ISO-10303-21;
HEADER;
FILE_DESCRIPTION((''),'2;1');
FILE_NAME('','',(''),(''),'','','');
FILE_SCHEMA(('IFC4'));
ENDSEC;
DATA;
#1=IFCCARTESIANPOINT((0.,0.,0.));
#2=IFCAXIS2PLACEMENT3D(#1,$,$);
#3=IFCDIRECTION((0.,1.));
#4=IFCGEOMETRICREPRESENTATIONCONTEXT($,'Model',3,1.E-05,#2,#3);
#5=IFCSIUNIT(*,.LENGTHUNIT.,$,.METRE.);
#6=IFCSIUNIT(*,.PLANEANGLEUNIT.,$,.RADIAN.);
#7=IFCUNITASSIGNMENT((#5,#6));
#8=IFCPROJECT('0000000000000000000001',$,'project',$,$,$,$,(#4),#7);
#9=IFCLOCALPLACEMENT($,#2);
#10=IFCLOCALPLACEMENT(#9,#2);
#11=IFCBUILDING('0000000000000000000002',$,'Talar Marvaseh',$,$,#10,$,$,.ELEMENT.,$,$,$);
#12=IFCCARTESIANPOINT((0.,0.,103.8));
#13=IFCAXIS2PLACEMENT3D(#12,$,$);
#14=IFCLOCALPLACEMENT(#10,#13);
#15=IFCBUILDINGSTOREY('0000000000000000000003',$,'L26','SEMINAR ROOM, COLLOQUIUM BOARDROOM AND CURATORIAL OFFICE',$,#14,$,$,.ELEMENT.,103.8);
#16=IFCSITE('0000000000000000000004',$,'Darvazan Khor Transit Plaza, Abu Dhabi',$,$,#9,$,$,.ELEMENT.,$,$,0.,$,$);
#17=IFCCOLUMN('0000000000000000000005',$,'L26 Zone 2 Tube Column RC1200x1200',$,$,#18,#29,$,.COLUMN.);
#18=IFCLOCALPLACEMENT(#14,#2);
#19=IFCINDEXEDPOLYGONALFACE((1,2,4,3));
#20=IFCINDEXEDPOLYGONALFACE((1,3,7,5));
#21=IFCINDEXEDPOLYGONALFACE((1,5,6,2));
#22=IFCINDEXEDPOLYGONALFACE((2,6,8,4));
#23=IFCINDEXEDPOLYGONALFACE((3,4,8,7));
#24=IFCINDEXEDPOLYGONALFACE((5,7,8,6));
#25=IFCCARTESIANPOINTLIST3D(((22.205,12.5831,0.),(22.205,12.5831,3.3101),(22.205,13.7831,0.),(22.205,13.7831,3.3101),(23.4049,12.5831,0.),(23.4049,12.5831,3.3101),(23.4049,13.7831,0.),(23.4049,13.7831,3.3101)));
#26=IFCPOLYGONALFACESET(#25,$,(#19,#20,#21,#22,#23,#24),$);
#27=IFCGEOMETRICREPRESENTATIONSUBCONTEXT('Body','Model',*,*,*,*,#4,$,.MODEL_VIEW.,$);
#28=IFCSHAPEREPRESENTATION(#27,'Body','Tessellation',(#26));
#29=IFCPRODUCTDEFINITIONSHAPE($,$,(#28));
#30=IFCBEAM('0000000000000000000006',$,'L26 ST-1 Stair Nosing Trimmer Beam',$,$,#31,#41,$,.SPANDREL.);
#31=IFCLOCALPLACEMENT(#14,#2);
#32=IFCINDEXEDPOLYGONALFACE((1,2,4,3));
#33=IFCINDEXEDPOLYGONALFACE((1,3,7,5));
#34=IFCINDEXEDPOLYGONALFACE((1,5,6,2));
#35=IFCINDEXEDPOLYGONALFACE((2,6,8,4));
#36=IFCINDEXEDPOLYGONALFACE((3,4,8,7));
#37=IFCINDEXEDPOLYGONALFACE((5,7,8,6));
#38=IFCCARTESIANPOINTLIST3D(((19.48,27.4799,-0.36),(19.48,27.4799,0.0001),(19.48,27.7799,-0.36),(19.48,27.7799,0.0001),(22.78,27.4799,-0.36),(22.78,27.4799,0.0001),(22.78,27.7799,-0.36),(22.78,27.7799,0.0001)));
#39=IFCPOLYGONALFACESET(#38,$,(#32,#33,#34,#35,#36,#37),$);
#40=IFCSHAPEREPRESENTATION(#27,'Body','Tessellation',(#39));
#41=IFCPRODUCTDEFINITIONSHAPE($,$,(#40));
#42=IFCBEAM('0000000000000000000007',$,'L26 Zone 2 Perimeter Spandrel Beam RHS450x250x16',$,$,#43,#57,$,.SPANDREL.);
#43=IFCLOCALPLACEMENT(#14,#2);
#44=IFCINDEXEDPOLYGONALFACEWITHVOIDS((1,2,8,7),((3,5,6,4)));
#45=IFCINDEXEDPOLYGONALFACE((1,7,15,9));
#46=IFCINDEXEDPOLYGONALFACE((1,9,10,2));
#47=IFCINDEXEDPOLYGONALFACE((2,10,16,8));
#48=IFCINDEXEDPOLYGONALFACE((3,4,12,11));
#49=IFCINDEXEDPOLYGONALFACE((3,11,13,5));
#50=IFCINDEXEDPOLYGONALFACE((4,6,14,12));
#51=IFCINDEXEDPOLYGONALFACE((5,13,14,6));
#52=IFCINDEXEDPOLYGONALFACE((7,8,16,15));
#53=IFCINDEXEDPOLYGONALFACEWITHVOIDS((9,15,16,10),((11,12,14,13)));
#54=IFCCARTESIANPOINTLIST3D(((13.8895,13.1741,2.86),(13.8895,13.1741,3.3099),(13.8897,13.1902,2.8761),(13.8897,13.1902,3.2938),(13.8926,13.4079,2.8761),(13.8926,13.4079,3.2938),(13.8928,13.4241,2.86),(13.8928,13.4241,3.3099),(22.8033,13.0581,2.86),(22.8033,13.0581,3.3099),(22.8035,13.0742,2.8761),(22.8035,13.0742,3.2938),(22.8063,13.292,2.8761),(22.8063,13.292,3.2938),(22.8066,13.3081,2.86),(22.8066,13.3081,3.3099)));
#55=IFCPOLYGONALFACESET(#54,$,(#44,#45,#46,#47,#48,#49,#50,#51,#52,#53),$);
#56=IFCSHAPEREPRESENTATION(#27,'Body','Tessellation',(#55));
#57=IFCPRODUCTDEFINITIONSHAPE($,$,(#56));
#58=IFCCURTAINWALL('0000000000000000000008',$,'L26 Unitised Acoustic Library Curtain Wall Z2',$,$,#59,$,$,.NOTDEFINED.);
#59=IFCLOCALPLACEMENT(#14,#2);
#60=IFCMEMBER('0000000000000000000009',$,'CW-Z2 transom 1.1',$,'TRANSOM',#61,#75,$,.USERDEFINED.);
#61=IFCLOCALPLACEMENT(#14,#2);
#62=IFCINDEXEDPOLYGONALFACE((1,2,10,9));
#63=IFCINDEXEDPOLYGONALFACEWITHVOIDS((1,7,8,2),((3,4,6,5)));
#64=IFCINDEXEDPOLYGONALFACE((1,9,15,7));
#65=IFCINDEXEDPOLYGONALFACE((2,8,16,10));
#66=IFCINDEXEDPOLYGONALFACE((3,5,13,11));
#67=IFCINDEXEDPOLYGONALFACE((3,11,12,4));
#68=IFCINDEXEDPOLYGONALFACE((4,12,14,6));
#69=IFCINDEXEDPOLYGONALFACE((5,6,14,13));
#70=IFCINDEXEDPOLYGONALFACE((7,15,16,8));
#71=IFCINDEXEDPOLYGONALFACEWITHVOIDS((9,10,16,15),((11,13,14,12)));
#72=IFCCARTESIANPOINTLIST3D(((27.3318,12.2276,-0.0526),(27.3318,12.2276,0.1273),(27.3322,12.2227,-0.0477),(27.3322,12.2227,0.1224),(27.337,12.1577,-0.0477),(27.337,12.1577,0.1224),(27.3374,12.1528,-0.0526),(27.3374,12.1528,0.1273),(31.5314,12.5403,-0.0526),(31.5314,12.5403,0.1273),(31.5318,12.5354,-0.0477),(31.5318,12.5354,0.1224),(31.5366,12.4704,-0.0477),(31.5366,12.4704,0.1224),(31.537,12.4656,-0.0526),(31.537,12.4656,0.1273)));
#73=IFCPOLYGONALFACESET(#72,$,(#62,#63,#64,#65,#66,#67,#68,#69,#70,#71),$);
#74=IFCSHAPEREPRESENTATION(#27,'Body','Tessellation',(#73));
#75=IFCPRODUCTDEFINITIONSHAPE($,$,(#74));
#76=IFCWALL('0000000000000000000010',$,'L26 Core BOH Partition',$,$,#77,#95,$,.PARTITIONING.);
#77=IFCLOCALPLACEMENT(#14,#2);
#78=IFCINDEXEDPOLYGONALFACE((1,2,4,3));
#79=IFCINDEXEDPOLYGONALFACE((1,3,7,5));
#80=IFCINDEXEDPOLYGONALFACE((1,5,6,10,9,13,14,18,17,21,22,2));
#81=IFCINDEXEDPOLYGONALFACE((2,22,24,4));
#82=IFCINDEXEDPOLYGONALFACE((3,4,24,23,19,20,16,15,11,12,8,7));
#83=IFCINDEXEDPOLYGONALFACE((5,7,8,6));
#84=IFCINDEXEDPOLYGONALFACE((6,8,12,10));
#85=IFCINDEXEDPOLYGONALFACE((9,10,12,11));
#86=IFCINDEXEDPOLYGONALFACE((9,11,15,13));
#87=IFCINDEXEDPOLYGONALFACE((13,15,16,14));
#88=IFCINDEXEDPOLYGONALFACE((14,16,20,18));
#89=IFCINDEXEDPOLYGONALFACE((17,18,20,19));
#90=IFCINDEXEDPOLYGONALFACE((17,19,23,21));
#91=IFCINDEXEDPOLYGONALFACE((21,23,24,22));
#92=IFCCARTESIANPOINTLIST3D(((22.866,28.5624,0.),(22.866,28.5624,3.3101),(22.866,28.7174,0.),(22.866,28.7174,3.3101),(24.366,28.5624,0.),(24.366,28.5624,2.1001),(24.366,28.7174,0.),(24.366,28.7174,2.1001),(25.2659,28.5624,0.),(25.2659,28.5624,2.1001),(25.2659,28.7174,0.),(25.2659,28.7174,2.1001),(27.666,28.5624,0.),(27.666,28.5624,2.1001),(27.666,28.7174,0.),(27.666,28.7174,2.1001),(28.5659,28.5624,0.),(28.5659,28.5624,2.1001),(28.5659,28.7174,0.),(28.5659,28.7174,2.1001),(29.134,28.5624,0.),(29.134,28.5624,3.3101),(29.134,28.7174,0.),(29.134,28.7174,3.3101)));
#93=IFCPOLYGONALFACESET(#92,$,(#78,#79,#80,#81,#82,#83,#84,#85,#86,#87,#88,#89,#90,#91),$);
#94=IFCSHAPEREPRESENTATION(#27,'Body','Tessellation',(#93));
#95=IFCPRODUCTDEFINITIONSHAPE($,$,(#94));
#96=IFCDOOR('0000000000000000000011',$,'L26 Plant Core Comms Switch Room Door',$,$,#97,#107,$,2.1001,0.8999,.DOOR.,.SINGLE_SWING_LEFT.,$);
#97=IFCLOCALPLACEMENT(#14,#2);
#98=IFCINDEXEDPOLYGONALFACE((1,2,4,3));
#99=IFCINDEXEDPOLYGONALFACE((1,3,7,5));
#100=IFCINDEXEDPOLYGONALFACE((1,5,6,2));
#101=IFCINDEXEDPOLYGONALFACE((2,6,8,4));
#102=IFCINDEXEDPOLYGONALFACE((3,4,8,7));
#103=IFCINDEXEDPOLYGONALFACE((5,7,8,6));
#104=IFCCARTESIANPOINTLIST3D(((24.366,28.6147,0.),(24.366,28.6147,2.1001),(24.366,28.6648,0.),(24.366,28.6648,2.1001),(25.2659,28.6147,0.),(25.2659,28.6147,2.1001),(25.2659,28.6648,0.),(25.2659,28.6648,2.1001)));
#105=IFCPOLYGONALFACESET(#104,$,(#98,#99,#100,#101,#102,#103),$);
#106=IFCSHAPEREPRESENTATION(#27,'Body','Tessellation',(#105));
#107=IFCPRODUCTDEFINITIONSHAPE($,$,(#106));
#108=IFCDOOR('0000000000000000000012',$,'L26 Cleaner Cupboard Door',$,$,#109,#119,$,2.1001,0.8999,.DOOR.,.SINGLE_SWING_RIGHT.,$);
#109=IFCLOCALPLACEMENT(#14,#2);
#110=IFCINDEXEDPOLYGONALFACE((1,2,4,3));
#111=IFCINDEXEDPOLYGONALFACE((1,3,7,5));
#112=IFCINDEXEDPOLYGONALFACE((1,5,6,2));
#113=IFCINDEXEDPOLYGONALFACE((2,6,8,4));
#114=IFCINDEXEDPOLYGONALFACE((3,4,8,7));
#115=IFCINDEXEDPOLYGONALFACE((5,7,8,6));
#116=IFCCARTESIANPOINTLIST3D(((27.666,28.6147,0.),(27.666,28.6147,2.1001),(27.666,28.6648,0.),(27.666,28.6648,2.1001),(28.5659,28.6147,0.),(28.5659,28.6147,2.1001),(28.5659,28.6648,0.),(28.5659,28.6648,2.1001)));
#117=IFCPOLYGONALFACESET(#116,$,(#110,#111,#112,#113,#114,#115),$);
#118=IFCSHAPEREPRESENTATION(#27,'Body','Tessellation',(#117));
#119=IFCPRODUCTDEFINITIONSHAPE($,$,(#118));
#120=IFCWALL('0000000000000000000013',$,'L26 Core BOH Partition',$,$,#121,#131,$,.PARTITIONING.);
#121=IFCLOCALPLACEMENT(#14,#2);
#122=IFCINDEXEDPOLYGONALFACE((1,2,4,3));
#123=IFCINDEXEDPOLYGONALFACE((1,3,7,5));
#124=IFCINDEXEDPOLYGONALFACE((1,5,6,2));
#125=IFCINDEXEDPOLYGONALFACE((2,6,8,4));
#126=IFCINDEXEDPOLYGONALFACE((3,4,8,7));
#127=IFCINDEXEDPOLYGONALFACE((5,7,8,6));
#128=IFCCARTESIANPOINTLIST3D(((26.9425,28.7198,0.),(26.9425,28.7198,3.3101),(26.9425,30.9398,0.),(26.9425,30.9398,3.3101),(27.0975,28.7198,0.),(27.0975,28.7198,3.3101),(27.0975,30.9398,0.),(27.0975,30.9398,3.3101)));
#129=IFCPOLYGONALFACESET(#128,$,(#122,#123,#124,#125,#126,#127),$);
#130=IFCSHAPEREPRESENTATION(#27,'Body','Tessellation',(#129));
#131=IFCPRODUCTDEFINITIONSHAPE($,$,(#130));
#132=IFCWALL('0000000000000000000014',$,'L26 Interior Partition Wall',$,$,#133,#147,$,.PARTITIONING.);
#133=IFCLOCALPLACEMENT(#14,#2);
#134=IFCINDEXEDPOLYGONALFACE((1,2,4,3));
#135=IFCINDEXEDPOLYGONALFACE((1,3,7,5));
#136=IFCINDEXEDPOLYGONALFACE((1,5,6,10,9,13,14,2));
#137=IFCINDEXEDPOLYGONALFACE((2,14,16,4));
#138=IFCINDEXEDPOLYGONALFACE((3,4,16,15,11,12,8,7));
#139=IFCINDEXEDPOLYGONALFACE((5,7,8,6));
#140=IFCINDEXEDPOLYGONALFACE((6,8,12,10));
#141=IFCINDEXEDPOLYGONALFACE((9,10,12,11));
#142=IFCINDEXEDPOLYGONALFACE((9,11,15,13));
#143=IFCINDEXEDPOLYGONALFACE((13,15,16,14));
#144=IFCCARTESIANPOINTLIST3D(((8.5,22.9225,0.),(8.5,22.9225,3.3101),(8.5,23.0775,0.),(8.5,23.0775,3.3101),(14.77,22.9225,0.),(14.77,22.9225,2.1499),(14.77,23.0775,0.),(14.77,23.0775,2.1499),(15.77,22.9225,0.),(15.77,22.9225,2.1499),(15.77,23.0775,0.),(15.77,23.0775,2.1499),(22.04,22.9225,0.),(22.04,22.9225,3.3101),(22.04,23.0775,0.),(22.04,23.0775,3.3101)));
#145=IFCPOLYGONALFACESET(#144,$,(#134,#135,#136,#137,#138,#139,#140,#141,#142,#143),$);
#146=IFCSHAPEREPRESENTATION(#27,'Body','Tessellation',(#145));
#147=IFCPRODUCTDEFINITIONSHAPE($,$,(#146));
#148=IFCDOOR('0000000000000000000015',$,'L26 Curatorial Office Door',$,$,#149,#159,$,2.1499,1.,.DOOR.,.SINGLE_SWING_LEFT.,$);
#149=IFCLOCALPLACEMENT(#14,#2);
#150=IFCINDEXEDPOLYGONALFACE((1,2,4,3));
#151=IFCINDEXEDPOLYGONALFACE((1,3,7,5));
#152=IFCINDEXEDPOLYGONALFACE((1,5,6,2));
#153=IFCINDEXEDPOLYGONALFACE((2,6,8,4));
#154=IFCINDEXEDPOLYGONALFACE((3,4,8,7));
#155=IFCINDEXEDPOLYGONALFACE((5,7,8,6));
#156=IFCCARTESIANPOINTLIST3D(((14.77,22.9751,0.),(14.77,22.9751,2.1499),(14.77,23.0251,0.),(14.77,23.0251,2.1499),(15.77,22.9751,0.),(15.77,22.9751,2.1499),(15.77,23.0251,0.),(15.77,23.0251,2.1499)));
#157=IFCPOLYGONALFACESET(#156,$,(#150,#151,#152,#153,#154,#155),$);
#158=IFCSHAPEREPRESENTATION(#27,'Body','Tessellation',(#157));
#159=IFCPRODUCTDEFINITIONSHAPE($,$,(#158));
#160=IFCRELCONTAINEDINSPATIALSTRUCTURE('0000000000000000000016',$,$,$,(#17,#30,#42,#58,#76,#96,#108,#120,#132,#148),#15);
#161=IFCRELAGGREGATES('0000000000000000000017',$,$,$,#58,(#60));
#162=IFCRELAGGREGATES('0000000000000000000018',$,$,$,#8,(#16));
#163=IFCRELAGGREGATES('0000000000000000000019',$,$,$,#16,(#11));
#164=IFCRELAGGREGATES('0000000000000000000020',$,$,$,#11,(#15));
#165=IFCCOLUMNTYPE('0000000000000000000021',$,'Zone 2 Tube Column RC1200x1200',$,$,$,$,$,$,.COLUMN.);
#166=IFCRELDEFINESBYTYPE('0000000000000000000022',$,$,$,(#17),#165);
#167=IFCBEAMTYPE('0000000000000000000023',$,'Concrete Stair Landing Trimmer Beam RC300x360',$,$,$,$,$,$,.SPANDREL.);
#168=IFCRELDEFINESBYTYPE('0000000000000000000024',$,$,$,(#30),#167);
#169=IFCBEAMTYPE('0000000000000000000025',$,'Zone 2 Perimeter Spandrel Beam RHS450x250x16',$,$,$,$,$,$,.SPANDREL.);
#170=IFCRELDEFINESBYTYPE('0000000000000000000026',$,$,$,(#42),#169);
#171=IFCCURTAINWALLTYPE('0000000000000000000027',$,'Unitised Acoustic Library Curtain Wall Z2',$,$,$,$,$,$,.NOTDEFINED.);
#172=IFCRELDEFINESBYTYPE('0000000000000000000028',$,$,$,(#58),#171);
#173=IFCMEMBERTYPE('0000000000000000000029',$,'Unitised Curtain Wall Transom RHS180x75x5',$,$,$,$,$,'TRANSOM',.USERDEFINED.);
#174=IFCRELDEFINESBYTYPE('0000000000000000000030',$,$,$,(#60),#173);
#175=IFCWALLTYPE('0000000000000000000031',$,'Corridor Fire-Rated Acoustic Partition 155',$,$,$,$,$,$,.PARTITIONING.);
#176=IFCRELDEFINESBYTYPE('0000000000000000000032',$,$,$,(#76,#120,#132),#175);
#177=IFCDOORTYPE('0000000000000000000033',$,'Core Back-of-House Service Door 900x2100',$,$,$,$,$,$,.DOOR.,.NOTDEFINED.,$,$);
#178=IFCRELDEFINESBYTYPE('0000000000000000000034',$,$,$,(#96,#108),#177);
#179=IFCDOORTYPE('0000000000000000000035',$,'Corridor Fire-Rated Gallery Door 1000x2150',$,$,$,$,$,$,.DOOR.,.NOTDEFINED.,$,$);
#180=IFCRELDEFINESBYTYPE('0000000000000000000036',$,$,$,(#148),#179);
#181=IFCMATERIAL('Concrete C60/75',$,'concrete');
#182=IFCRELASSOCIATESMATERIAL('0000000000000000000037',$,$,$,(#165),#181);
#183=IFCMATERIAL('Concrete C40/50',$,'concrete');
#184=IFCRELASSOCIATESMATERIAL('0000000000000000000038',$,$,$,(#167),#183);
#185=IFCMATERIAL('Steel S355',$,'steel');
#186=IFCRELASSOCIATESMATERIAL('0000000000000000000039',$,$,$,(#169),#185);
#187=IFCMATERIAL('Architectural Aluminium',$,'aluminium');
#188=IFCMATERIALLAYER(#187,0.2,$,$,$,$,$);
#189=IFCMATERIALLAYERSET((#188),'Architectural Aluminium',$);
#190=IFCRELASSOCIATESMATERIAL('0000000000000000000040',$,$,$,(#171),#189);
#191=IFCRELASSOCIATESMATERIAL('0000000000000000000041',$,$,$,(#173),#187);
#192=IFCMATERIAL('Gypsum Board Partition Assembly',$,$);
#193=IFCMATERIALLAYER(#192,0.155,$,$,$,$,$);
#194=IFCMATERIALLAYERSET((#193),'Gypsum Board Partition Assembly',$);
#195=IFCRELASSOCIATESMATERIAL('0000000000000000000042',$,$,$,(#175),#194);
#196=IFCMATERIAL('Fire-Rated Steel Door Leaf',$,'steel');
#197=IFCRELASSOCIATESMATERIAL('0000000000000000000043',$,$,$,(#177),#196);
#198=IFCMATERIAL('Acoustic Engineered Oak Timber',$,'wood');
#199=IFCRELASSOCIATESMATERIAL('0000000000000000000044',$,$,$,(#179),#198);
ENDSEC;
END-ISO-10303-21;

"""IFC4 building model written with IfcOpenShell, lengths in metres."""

from ifc_helpers import new_model, si_unit, direction, frame, frame_2d, origin, origin_2d, place, context, subcontext, project, spatial, rectangle, hollow_rectangle, extrude, source, transform, mapped, material, layer, layer_set, material_profile, profile_set, type_object, type_shapes, element, fill, aggregate, save


model = new_model("IFC4")

# Units and contexts
model_context = context("Model", 3, precision=1e-05, world=origin(), true_north=direction((0.0, 1.0)))
body_context = subcontext(model_context, "Body", "Model", "MODEL_VIEW")
ifc_project = project(units=[si_unit("LENGTHUNIT", "METRE"), si_unit("PLANEANGLEUNIT", "RADIAN")], contexts=[model_context])

# Site, building, storey
site_placement = place(None, origin())
site = spatial("IfcSite", under=ifc_project, at=site_placement, Name="Darvazan Khor Transit Plaza, Abu Dhabi", CompositionType="ELEMENT", RefElevation=0.0)
building_placement = place(site_placement, origin())
building = spatial("IfcBuilding", under=site, at=building_placement, Name="Talar Marvaseh", CompositionType="ELEMENT")
storey_placement = place(building_placement, frame((0.0, 0.0, 103.8)))
storey = spatial("IfcBuildingStorey", under=building, at=storey_placement, Name="L26", Description="SEMINAR ROOM, COLLOQUIUM BOARDROOM AND CURATORIAL OFFICE", CompositionType="ELEMENT", Elevation=103.8)

# Column
ifc_material_1 = material(Name="Concrete C60/75", Category="concrete")
ifc_material_profile_1 = material_profile(ifc_material_1, rectangle(XDim=1.2, YDim=1.2, at=origin_2d()), Name="RC1200x1200")
ifc_profile_set_1 = profile_set([ifc_material_profile_1], Name="Concrete C60/75")
column_type = type_object("IfcColumnType", Name="Zone 2 Tube Column RC1200x1200", PredefinedType="COLUMN", material=ifc_profile_set_1)
column_placement = place(storey_placement, frame((22.8049, 13.1831, 0.0), z_axis=(0.0, 0.0, 1.0), x_axis=(1.0, 0.0, 0.0)))
element("IfcColumn", 1, at=column_placement, inside=storey, type_object=column_type, Name="L26 Zone 2 Tube Column RC1200x1200", PredefinedType="COLUMN", context=body_context, shape_type="SweptSolid", body=[
    extrude(rectangle(XDim=1.2, YDim=1.2, at=origin_2d()), origin(), (0.0, 0.0, 1.0), 3.3101),
])

# Beams
ifc_material_2 = material(Name="Concrete C40/50", Category="concrete")
ifc_material_profile_2 = material_profile(ifc_material_2, rectangle(XDim=0.3, YDim=0.3601, at=origin_2d()), Name="RC300x360")
ifc_profile_set_2 = profile_set([ifc_material_profile_2], Name="Concrete C40/50")
beam_type_1 = type_object("IfcBeamType", Name="Concrete Stair Landing Trimmer Beam RC300x360", PredefinedType="SPANDREL", material=ifc_profile_set_2)
beam_1_placement = place(storey_placement, frame((22.78, 27.6299, -0.1799), z_axis=(-1.0, 0.0, 0.0), x_axis=(0.0, -1.0, 0.0)))
element("IfcBeam", 2, at=beam_1_placement, inside=storey, type_object=beam_type_1, Name="L26 ST-1 Stair Nosing Trimmer Beam", PredefinedType="SPANDREL", context=body_context, shape_type="SweptSolid", body=[
    extrude(rectangle(XDim=0.3, YDim=0.3601, at=origin_2d()), origin(), (0.0, 0.0, 1.0), 3.3),
])
ifc_material_3 = material(Name="Steel S355", Category="steel")
ifc_material_profile_3 = material_profile(ifc_material_3, hollow_rectangle(XDim=0.25, YDim=0.45, WallThickness=0.0161, at=origin_2d()), Name="RHS450x250x16")
ifc_profile_set_3 = profile_set([ifc_material_profile_3], Name="Steel S355")
beam_type_2 = type_object("IfcBeamType", Name="Zone 2 Perimeter Spandrel Beam RHS450x250x16", PredefinedType="SPANDREL", material=ifc_profile_set_3)
beam_2_placement = place(storey_placement, frame((22.8049, 13.1831, 3.085), z_axis=(-0.999915, 0.013009, 0.0), x_axis=(-0.013009, -0.999915, 0.0)))
element("IfcBeam", 3, at=beam_2_placement, inside=storey, type_object=beam_type_2, Name="L26 Zone 2 Perimeter Spandrel Beam RHS450x250x16", PredefinedType="SPANDREL", context=body_context, shape_type="SweptSolid", body=[
    extrude(hollow_rectangle(XDim=0.25, YDim=0.45, WallThickness=0.0161, at=origin_2d()), origin(), (0.0, 0.0, 1.0), 8.9146),
])

# Curtain wall, member
ifc_material_4 = material(Name="Architectural Aluminium", Category="aluminium")
ifc_layer_1 = layer(ifc_material_4, 0.2)
ifc_layer_set_1 = layer_set([ifc_layer_1], Name="Architectural Aluminium")
curtain_wall_type = type_object("IfcCurtainWallType", Name="Unitised Acoustic Library Curtain Wall Z2", PredefinedType="NOTDEFINED", material=ifc_layer_set_1)
curtain_wall_placement = place(storey_placement, origin())
curtain_wall = element("IfcCurtainWall", 4, at=curtain_wall_placement, inside=storey, type_object=curtain_wall_type, Name="L26 Unitised Acoustic Library Curtain Wall Z2", PredefinedType="NOTDEFINED")
ifc_material_profile_4 = material_profile(ifc_material_4, hollow_rectangle(XDim=0.075, YDim=0.1799, WallThickness=0.0049, at=origin_2d()), Name="RHS180x75x5")
ifc_profile_set_4 = profile_set([ifc_material_profile_4], Name="Architectural Aluminium")
member_type = type_object("IfcMemberType", Name="Unitised Curtain Wall Transom RHS180x75x5", ElementType="TRANSOM", PredefinedType="USERDEFINED", material=ifc_profile_set_4)
shared_shape_1 = source(origin(), body_context, "Body", "SweptSolid", [
    extrude(hollow_rectangle(XDim=0.075, YDim=0.1799, WallThickness=0.0049, at=origin_2d()), origin(), (0.0, 0.0, 1.0), 4.2112),
])
type_shapes(member_type, [shared_shape_1])
member_placement = place(storey_placement, frame((31.5342, 12.5029, 0.0374), z_axis=(-0.997238, -0.074267, 0.0), x_axis=(0.074267, -0.997238, 0.0)))
member = element("IfcMember", 5, at=member_placement, type_object=member_type, Name="CW-Z2 transom 1.1", ObjectType="TRANSOM", PredefinedType="USERDEFINED", context=body_context, shape_type="MappedRepresentation", body=[
    mapped(shared_shape_1, transform((0.0, 0.0, 0.0), x_axis=(1.0, 0.0, 0.0), y_axis=(0.0, 1.0, 0.0), z_axis=(0.0, 0.0, 1.0), scale=1.0)),
])
aggregate(curtain_wall, [member])

# Wall, openings, doors
ifc_material_5 = material(Name="Gypsum Board Partition Assembly")
ifc_layer_2 = layer(ifc_material_5, 0.155)
ifc_layer_set_2 = layer_set([ifc_layer_2], Name="Gypsum Board Partition Assembly")
wall_type_1 = type_object("IfcWallType", Name="Corridor Fire-Rated Acoustic Partition 155", PredefinedType="PARTITIONING", material=ifc_layer_set_2)
wall_1_placement = place(storey_placement, frame((22.866, 28.6399, 0.0), z_axis=(0.0, 0.0, 1.0), x_axis=(1.0, 0.0, 0.0)))
wall_1 = element("IfcWall", 6, at=wall_1_placement, inside=storey, type_object=wall_type_1, Name="L26 Core BOH Partition", PredefinedType="PARTITIONING", context=body_context, shape_type="SweptSolid", body=[
    extrude(rectangle(XDim=6.2681, YDim=0.155, at=frame_2d((3.134, 0.0))), origin(), (0.0, 0.0, 1.0), 3.3101),
])
opening_1_placement = place(wall_1_placement, frame((1.5, 0.0, 0.0)))
opening_1 = element("IfcOpeningElement", 7, at=opening_1_placement, cuts=wall_1, PredefinedType="OPENING", context=body_context, shape_type="SweptSolid", body=[
    extrude(rectangle(XDim=0.8999, YDim=2.1001, at=frame_2d((0.45, 1.05))), frame((0.0, 0.0874, 0.0), z_axis=(0.0, -1.0, 0.0), x_axis=(1.0, 0.0, 0.0)), (0.0, 0.0, 1.0), 0.175),
])
opening_2_placement = place(wall_1_placement, frame((4.8, 0.0, 0.0)))
opening_2 = element("IfcOpeningElement", 8, at=opening_2_placement, cuts=wall_1, PredefinedType="OPENING", context=body_context, shape_type="SweptSolid", body=[
    extrude(rectangle(XDim=0.8999, YDim=2.1001, at=frame_2d((0.45, 1.05))), frame((0.0, 0.0874, 0.0), z_axis=(0.0, -1.0, 0.0), x_axis=(1.0, 0.0, 0.0)), (0.0, 0.0, 1.0), 0.175),
])
ifc_material_6 = material(Name="Fire-Rated Steel Door Leaf", Category="steel")
door_type_1 = type_object("IfcDoorType", Name="Core Back-of-House Service Door 900x2100", OperationType="NOTDEFINED", PredefinedType="DOOR", material=ifc_material_6)
shared_shape_2 = source(origin(), body_context, "Body", "SweptSolid", [
    extrude(rectangle(XDim=0.8999, YDim=2.1001, at=frame_2d((0.45, 1.05))), frame((0.0, 0.0249, 0.0), z_axis=(0.0, -1.0, 0.0), x_axis=(1.0, 0.0, 0.0)), (0.0, 0.0, 1.0), 0.05),
])
type_shapes(door_type_1, [shared_shape_2])
door_1_placement = place(opening_1_placement, origin())
door_1 = element("IfcDoor", 9, at=door_1_placement, inside=storey, type_object=door_type_1, Name="L26 Plant Core Comms Switch Room Door", OperationType="SINGLE_SWING_LEFT", OverallHeight=2.1001, OverallWidth=0.8999, PredefinedType="DOOR", context=body_context, shape_type="MappedRepresentation", body=[
    mapped(shared_shape_2, transform((0.0, 0.0, 0.0), x_axis=(1.0, 0.0, 0.0), y_axis=(0.0, 1.0, 0.0), z_axis=(0.0, 0.0, 1.0), scale=1.0)),
])
fill(opening_1, door_1)
door_2_placement = place(opening_2_placement, origin())
door_2 = element("IfcDoor", 10, at=door_2_placement, inside=storey, type_object=door_type_1, Name="L26 Cleaner Cupboard Door", OperationType="SINGLE_SWING_RIGHT", OverallHeight=2.1001, OverallWidth=0.8999, PredefinedType="DOOR", context=body_context, shape_type="MappedRepresentation", body=[
    mapped(shared_shape_2, transform((0.0, 0.0, 0.0), x_axis=(1.0, 0.0, 0.0), y_axis=(0.0, 1.0, 0.0), z_axis=(0.0, 0.0, 1.0), scale=1.0)),
])
fill(opening_2, door_2)

# Wall
wall_2_placement = place(storey_placement, frame((27.02, 28.72, 0.0), z_axis=(0.0, 0.0, 1.0), x_axis=(0.0, 1.0, 0.0)))
element("IfcWall", 11, at=wall_2_placement, inside=storey, type_object=wall_type_1, Name="L26 Core BOH Partition", PredefinedType="PARTITIONING", context=body_context, shape_type="SweptSolid", body=[
    extrude(rectangle(XDim=2.22, YDim=0.155, at=frame_2d((1.1099, 0.0))), origin(), (0.0, 0.0, 1.0), 3.3101),
])

# Wall, opening, door
wall_3_placement = place(storey_placement, frame((22.04, 23.0, 0.0), z_axis=(0.0, 0.0, 1.0), x_axis=(-1.0, 0.0, 0.0)))
wall_3 = element("IfcWall", 12, at=wall_3_placement, inside=storey, type_object=wall_type_1, Name="L26 Interior Partition Wall", PredefinedType="PARTITIONING", context=body_context, shape_type="SweptSolid", body=[
    extrude(rectangle(XDim=13.54, YDim=0.155, at=frame_2d((6.77, 0.0))), origin(), (0.0, 0.0, 1.0), 3.3101),
])
opening_3_placement = place(wall_3_placement, frame((6.27, 0.0, 0.0)))
opening_3 = element("IfcOpeningElement", 13, at=opening_3_placement, cuts=wall_3, PredefinedType="OPENING", context=body_context, shape_type="SweptSolid", body=[
    extrude(rectangle(XDim=1.0, YDim=2.1499, at=frame_2d((0.5, 1.075))), frame((0.0, 0.0874, 0.0), z_axis=(0.0, -1.0, 0.0), x_axis=(1.0, 0.0, 0.0)), (0.0, 0.0, 1.0), 0.175),
])
ifc_material_7 = material(Name="Acoustic Engineered Oak Timber", Category="wood")
door_type_2 = type_object("IfcDoorType", Name="Corridor Fire-Rated Gallery Door 1000x2150", OperationType="NOTDEFINED", PredefinedType="DOOR", material=ifc_material_7)
shared_shape_3 = source(origin(), body_context, "Body", "SweptSolid", [
    extrude(rectangle(XDim=1.0, YDim=2.1499, at=frame_2d((0.5, 1.075))), frame((0.0, 0.0249, 0.0), z_axis=(0.0, -1.0, 0.0), x_axis=(1.0, 0.0, 0.0)), (0.0, 0.0, 1.0), 0.05),
])
type_shapes(door_type_2, [shared_shape_3])
door_3_placement = place(opening_3_placement, origin())
door_3 = element("IfcDoor", 14, at=door_3_placement, inside=storey, type_object=door_type_2, Name="L26 Curatorial Office Door", OperationType="SINGLE_SWING_LEFT", OverallHeight=2.1499, OverallWidth=1.0, PredefinedType="DOOR", context=body_context, shape_type="MappedRepresentation", body=[
    mapped(shared_shape_3, transform((0.0, 0.0, 0.0), x_axis=(1.0, 0.0, 0.0), y_axis=(0.0, 1.0, 0.0), z_axis=(0.0, 0.0, 1.0), scale=1.0)),
])
fill(opening_3, door_3)

save(model, "model.ifc")
